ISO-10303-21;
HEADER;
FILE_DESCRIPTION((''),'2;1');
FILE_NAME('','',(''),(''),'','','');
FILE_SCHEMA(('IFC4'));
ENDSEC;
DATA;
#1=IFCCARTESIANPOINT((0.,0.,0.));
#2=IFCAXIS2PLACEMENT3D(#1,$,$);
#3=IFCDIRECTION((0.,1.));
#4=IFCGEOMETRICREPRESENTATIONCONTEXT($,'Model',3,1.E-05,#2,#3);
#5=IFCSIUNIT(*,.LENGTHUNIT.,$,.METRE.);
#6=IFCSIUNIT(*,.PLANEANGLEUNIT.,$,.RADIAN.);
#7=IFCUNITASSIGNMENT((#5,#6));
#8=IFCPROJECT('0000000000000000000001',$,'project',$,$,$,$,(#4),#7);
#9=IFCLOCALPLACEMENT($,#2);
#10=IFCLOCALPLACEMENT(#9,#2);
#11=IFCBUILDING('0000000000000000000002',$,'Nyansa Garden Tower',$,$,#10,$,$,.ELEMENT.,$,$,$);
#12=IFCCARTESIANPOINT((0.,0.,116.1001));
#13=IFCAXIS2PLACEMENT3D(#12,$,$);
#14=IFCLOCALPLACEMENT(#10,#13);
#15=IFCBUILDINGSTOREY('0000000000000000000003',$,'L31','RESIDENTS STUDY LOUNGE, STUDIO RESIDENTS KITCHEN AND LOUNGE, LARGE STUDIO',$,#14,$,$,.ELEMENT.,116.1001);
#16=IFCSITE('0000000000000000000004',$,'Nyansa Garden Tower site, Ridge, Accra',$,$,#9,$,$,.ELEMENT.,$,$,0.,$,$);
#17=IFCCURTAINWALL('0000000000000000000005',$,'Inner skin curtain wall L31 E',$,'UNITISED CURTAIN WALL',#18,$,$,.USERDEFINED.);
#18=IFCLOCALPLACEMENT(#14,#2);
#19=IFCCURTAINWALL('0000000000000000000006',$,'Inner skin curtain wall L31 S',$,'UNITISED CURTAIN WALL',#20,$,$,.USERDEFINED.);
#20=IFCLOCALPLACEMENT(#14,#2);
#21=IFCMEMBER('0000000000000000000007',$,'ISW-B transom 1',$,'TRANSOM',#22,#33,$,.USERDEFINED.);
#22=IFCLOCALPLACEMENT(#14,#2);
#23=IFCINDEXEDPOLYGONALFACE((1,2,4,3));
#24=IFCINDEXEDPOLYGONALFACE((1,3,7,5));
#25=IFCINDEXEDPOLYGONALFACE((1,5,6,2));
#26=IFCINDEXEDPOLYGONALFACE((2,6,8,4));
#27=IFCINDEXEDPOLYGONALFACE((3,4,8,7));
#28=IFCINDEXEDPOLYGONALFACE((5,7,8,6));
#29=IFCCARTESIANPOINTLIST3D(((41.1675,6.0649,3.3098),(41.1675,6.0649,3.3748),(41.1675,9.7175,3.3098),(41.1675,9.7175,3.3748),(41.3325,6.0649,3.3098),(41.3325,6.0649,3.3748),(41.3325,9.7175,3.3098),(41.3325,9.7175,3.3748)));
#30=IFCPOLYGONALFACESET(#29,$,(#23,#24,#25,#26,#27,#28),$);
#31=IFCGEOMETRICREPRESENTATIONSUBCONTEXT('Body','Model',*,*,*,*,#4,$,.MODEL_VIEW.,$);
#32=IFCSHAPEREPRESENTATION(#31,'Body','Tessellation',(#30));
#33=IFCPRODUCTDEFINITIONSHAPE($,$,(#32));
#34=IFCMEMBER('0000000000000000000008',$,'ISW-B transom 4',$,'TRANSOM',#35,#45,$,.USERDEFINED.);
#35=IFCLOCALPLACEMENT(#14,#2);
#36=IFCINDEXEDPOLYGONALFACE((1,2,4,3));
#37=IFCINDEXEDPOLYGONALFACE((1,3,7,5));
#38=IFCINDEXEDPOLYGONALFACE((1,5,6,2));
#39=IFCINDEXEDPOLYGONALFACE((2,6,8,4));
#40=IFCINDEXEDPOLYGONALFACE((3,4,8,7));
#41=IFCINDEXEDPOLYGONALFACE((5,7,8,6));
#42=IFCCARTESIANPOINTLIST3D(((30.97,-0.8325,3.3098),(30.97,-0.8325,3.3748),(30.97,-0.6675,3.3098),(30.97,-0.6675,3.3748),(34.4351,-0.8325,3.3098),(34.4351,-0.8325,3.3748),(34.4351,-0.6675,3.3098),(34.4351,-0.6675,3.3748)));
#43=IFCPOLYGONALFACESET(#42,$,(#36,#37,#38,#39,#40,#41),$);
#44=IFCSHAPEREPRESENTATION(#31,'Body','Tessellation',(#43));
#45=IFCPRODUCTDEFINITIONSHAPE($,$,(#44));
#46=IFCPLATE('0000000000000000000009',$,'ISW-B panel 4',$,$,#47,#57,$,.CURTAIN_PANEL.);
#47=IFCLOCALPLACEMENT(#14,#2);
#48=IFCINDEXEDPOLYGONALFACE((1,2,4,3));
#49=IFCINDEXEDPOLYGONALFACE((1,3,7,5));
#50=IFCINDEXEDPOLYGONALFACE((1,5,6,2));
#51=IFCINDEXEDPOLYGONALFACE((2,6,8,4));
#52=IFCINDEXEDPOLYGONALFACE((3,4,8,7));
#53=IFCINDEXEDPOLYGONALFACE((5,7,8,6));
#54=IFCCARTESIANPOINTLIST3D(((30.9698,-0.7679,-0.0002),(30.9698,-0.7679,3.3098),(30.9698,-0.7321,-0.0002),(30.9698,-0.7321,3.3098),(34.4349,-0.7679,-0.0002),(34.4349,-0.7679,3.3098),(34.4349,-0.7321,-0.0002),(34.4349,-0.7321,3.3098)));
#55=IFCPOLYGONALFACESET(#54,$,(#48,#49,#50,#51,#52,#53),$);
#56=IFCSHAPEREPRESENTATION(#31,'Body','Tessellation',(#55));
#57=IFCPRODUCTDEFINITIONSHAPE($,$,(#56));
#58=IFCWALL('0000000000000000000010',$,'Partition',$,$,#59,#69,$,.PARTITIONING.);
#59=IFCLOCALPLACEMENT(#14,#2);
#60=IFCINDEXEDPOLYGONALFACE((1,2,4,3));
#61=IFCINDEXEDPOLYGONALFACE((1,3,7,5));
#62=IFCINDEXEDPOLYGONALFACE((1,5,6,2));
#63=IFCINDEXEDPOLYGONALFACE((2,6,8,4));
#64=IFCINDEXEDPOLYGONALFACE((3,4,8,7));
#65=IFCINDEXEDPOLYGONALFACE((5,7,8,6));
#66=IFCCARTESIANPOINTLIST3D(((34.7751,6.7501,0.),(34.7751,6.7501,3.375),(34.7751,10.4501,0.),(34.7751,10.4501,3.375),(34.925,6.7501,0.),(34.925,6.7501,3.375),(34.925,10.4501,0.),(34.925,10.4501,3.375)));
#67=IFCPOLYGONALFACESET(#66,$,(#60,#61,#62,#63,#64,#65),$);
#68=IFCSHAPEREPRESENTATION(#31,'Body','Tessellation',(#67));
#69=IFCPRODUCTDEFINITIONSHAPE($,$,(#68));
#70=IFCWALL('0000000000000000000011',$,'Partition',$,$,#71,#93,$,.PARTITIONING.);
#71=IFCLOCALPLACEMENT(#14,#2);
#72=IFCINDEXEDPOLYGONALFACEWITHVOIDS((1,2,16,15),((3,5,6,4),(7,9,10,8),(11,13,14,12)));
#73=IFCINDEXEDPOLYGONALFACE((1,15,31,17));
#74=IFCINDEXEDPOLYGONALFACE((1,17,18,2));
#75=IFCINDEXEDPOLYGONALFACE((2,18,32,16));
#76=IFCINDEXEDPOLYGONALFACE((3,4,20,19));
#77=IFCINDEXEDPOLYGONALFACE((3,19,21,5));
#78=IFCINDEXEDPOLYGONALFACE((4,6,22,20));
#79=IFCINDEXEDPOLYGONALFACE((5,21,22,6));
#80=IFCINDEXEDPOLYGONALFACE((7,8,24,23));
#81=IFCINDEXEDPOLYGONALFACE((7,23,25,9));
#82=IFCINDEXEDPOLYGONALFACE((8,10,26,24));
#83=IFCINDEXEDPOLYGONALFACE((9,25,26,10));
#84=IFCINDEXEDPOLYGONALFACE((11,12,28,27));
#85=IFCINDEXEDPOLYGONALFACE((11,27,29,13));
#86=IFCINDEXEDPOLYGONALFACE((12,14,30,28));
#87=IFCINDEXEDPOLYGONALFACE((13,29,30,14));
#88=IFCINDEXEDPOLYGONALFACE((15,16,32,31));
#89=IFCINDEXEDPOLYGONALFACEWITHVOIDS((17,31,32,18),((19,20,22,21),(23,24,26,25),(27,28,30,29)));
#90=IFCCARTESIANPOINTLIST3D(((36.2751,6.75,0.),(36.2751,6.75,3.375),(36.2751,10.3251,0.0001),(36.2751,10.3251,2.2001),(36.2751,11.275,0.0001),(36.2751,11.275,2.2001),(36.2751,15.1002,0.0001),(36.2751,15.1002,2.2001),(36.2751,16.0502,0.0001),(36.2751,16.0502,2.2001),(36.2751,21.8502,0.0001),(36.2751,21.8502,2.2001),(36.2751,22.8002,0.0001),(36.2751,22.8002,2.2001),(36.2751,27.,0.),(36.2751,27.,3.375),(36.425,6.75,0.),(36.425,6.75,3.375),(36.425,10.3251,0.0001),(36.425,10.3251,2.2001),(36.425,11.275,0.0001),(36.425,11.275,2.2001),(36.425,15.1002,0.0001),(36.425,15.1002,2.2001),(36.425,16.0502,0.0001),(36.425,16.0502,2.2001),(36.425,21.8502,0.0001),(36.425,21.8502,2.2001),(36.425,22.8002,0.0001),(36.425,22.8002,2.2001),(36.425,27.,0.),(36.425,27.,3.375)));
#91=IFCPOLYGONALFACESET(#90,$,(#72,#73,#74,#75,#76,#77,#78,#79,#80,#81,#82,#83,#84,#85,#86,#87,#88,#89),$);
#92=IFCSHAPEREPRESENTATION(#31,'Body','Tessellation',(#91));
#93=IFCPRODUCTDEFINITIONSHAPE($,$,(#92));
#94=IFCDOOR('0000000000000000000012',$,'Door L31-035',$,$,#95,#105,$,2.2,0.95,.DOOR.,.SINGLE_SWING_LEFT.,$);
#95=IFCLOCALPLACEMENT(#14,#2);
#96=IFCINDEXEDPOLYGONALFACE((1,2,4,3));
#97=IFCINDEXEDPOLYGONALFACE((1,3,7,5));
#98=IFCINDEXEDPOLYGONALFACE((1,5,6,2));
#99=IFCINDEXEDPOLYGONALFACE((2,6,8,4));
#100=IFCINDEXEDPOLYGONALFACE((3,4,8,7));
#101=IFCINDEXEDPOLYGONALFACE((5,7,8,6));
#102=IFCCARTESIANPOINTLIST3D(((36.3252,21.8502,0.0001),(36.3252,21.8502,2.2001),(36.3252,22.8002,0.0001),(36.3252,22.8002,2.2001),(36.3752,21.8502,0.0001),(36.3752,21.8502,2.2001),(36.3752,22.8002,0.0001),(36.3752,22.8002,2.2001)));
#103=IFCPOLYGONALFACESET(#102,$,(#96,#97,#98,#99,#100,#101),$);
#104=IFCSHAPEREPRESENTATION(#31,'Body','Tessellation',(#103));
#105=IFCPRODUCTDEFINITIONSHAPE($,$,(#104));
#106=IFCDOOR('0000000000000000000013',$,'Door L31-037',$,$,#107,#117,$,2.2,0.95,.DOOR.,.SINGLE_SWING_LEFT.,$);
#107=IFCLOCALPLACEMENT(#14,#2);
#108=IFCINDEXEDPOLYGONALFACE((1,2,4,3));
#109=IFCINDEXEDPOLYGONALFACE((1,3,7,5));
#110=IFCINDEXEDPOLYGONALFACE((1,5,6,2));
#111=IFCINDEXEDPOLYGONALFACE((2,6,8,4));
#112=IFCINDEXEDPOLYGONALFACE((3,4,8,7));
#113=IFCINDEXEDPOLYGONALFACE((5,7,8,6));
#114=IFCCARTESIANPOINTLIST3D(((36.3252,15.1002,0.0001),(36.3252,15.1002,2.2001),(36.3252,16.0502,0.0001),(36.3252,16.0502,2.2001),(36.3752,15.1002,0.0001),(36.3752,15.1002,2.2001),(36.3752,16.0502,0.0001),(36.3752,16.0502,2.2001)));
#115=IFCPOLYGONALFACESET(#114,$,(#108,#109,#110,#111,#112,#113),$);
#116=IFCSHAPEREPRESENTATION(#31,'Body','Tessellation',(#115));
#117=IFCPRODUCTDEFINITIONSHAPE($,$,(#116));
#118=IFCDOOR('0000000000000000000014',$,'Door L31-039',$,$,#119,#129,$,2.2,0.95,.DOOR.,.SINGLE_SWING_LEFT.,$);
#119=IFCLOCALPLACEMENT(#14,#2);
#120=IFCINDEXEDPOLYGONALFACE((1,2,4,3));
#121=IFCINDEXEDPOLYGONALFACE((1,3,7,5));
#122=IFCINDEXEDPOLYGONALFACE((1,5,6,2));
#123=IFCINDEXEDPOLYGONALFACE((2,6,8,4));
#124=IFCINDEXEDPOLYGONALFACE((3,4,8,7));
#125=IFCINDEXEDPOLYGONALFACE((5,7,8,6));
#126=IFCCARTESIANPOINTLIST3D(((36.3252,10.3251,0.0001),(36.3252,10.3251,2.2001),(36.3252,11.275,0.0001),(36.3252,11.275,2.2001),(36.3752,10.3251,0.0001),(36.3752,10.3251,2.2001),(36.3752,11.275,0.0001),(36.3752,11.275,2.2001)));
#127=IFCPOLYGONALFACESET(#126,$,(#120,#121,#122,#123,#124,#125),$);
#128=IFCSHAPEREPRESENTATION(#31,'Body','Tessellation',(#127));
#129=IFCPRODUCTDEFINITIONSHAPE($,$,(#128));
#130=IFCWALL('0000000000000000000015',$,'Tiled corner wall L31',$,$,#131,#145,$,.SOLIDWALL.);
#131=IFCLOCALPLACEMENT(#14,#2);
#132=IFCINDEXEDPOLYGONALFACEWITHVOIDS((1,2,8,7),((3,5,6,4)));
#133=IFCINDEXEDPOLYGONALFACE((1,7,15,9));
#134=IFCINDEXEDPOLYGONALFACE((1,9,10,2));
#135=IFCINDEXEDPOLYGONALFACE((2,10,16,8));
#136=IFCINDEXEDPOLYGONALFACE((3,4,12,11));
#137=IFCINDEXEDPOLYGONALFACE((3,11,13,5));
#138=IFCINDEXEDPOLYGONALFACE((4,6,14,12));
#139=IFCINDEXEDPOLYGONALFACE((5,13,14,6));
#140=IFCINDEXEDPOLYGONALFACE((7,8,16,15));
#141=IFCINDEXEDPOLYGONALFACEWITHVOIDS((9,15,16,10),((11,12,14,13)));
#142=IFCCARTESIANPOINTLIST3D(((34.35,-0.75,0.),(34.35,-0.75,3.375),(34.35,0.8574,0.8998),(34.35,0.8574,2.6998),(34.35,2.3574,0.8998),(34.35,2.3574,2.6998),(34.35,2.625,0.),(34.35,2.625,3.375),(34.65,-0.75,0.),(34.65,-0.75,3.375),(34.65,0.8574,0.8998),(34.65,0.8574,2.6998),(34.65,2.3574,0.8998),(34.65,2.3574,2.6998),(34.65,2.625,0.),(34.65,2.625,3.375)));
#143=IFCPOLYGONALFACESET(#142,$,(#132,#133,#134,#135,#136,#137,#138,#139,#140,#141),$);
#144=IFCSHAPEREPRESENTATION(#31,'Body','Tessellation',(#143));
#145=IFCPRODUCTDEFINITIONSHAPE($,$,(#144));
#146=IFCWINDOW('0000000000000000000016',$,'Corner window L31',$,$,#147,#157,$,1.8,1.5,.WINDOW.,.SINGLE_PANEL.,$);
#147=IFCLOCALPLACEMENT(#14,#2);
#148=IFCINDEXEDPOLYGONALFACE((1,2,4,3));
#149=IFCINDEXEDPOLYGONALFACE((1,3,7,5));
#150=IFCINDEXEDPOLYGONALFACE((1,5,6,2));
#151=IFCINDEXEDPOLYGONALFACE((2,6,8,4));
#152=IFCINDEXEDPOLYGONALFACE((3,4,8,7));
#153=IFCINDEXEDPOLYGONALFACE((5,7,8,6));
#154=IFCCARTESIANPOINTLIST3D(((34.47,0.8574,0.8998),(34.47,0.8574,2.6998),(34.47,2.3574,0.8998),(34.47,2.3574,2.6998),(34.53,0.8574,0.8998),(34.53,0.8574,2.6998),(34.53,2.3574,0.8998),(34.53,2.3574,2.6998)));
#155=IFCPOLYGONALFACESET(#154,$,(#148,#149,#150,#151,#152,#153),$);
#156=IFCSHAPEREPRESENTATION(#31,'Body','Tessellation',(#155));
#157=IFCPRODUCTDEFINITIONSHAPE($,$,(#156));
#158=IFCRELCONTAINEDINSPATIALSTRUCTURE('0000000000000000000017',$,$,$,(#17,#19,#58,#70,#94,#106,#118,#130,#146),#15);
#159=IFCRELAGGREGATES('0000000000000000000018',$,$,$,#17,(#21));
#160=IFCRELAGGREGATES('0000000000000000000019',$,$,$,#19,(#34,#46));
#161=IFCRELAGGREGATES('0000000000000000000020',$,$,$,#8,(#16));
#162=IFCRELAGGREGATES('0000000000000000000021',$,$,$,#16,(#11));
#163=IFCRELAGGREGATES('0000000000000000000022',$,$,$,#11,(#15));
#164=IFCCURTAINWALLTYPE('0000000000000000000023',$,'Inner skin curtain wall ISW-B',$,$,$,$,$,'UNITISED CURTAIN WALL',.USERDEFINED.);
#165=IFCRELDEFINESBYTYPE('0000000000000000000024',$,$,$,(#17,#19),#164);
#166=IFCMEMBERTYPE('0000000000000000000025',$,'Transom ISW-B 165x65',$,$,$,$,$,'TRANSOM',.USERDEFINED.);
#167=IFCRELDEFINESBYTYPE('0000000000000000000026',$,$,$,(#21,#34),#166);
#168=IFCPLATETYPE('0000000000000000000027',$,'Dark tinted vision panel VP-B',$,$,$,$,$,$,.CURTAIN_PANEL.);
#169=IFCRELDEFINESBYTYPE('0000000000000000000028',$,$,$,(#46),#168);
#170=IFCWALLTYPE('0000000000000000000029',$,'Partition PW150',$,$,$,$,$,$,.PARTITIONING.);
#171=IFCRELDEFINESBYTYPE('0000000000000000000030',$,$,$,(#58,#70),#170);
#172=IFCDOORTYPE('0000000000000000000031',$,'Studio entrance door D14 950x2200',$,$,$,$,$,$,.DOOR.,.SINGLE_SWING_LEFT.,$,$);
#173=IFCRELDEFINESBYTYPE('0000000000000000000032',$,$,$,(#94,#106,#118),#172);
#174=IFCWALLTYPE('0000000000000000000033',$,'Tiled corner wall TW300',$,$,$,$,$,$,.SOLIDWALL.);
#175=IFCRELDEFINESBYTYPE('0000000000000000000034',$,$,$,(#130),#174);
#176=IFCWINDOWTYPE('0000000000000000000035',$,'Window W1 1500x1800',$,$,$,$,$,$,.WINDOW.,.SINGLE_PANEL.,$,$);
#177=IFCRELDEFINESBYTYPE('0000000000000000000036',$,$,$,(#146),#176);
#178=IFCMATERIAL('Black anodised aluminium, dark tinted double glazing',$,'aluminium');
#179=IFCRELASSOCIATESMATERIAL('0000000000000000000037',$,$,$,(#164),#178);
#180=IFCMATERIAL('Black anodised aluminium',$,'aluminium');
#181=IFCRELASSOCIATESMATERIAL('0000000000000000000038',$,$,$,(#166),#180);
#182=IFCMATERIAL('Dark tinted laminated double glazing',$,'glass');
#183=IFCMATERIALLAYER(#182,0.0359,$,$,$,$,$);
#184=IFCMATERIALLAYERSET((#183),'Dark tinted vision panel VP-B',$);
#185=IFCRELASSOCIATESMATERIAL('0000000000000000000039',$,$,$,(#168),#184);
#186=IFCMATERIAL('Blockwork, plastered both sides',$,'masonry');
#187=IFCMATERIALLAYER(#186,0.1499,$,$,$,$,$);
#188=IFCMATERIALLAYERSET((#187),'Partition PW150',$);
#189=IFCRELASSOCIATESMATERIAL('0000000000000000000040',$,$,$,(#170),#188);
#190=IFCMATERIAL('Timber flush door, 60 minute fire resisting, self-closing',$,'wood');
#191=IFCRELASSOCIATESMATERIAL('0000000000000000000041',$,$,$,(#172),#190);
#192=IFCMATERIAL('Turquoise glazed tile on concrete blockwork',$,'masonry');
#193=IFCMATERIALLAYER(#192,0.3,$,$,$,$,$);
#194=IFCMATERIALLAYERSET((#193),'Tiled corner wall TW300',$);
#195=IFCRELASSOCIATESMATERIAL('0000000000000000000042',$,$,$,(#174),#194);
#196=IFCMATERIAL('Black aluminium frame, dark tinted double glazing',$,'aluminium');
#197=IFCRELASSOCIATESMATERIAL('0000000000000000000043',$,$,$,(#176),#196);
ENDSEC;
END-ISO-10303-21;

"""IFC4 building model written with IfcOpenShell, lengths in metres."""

from ifc_helpers import new_model, si_unit, direction, frame, frame_2d, origin, origin_2d, place, context, subcontext, project, spatial, rectangle, extrude, material, layer, layer_set, material_profile, profile_set, type_object, element, fill, aggregate, save


model = new_model("IFC4")

# Units and contexts
model_context = context("Model", 3, precision=1e-05, world=origin(), true_north=direction((0.0, 1.0)))
body_context = subcontext(model_context, "Body", "Model", "MODEL_VIEW")
ifc_project = project(units=[si_unit("LENGTHUNIT", "METRE"), si_unit("PLANEANGLEUNIT", "RADIAN")], contexts=[model_context])

# Site, building, storey
site_placement = place(None, origin())
site = spatial("IfcSite", under=ifc_project, at=site_placement, Name="Nyansa Garden Tower site, Ridge, Accra", CompositionType="ELEMENT", RefElevation=0.0)
building_placement = place(site_placement, origin())
building = spatial("IfcBuilding", under=site, at=building_placement, Name="Nyansa Garden Tower", CompositionType="ELEMENT")
storey_placement = place(building_placement, frame((0.0, 0.0, 116.1001)))
storey = spatial("IfcBuildingStorey", under=building, at=storey_placement, Name="L31", Description="RESIDENTS STUDY LOUNGE, STUDIO RESIDENTS KITCHEN AND LOUNGE, LARGE STUDIO", CompositionType="ELEMENT", Elevation=116.1001)

# Curtain wall
ifc_material_1 = material(Name="Black anodised aluminium, dark tinted double glazing", Category="aluminium")
curtain_wall_type = type_object("IfcCurtainWallType", Name="Inner skin curtain wall ISW-B", ElementType="UNITISED CURTAIN WALL", PredefinedType="USERDEFINED", material=ifc_material_1)
curtain_wall_1_placement = place(storey_placement, origin())
curtain_wall_1 = element("IfcCurtainWall", 1, at=curtain_wall_1_placement, inside=storey, type_object=curtain_wall_type, Name="Inner skin curtain wall L31 E", ObjectType="UNITISED CURTAIN WALL", PredefinedType="USERDEFINED")

# Curtain wall
curtain_wall_2_placement = place(storey_placement, origin())
curtain_wall_2 = element("IfcCurtainWall", 2, at=curtain_wall_2_placement, inside=storey, type_object=curtain_wall_type, Name="Inner skin curtain wall L31 S", ObjectType="UNITISED CURTAIN WALL", PredefinedType="USERDEFINED")

# Members
ifc_material_2 = material(Name="Black anodised aluminium", Category="aluminium")
ifc_material_profile_1 = material_profile(ifc_material_2, rectangle(XDim=0.165, YDim=0.0649, at=origin_2d()), Name="Transom 165x65")
ifc_profile_set_1 = profile_set([ifc_material_profile_1], Name="Black anodised aluminium")
member_type_1 = type_object("IfcMemberType", Name="Transom ISW-B 165x65", ElementType="TRANSOM", PredefinedType="USERDEFINED", material=ifc_profile_set_1)
member_1_placement = place(storey_placement, frame((41.25, 6.0649, 3.3423), z_axis=(0.0, 1.0, 0.0), x_axis=(-1.0, 0.0, 0.0)))
member_1 = element("IfcMember", 3, at=member_1_placement, type_object=member_type_1, Name="ISW-B transom 1", ObjectType="TRANSOM", PredefinedType="USERDEFINED", context=body_context, shape_type="SweptSolid", body=[
    extrude(rectangle(XDim=0.165, YDim=0.0649, at=origin_2d()), origin(), (0.0, 0.0, 1.0), 3.6526),
])
aggregate(curtain_wall_1, [member_1])
member_2_placement = place(storey_placement, frame((30.97, -0.75, 3.3423), z_axis=(1.0, 0.0, 0.0), x_axis=(0.0, 1.0, 0.0)))
member_2 = element("IfcMember", 4, at=member_2_placement, type_object=member_type_1, Name="ISW-B transom 4", ObjectType="TRANSOM", PredefinedType="USERDEFINED", context=body_context, shape_type="SweptSolid", body=[
    extrude(rectangle(XDim=0.165, YDim=0.0649, at=origin_2d()), origin(), (0.0, 0.0, 1.0), 3.4651),
])

# Plate
ifc_material_3 = material(Name="Dark tinted laminated double glazing", Category="glass")
ifc_layer_1 = layer(ifc_material_3, 0.0359)
ifc_layer_set_1 = layer_set([ifc_layer_1], Name="Dark tinted vision panel VP-B")
plate_type = type_object("IfcPlateType", Name="Dark tinted vision panel VP-B", PredefinedType="CURTAIN_PANEL", material=ifc_layer_set_1)
plate_placement = place(storey_placement, frame((32.7024, -0.75, -0.0002), z_axis=(0.0, 0.0, 1.0), x_axis=(1.0, 0.0, 0.0)))
plate = element("IfcPlate", 5, at=plate_placement, type_object=plate_type, Name="ISW-B panel 4", PredefinedType="CURTAIN_PANEL", context=body_context, shape_type="SweptSolid", body=[
    extrude(rectangle(XDim=3.4651, YDim=0.0359, at=origin_2d()), origin(), (0.0, 0.0, 1.0), 3.3101),
])
aggregate(curtain_wall_2, [member_2, plate])

# Wall
ifc_material_4 = material(Name="Blockwork, plastered both sides", Category="masonry")
ifc_layer_2 = layer(ifc_material_4, 0.1499)
ifc_layer_set_2 = layer_set([ifc_layer_2], Name="Partition PW150")
wall_type_1 = type_object("IfcWallType", Name="Partition PW150", PredefinedType="PARTITIONING", material=ifc_layer_set_2)
wall_1_placement = place(storey_placement, frame((34.8501, 6.75, 0.0), z_axis=(0.0, 0.0, 1.0), x_axis=(0.0, 1.0, 0.0)))
element("IfcWall", 6, at=wall_1_placement, inside=storey, type_object=wall_type_1, Name="Partition", PredefinedType="PARTITIONING", context=body_context, shape_type="SweptSolid", body=[
    extrude(rectangle(XDim=3.7, YDim=0.1499, at=frame_2d((1.8501, 0.0))), origin(), (0.0, 0.0, 1.0), 3.375),
])

# Wall, openings, doors
wall_2_placement = place(storey_placement, frame((36.3501, 6.75, 0.0), z_axis=(0.0, 0.0, 1.0), x_axis=(0.0, 1.0, 0.0)))
wall_2 = element("IfcWall", 7, at=wall_2_placement, inside=storey, type_object=wall_type_1, Name="Partition", PredefinedType="PARTITIONING", context=body_context, shape_type="SweptSolid", body=[
    extrude(rectangle(XDim=20.25, YDim=0.1499, at=frame_2d((10.125, 0.0))), origin(), (0.0, 0.0, 1.0), 3.375),
])
opening_1_placement = place(wall_2_placement, frame((15.1001, 0.0, 0.0)))
opening_1 = element("IfcOpeningElement", 8, at=opening_1_placement, cuts=wall_2, PredefinedType="OPENING", context=body_context, shape_type="SweptSolid", body=[
    extrude(rectangle(XDim=0.95, YDim=2.2, at=frame_2d((0.4751, 1.1001))), frame((0.0, 0.085, 0.0), z_axis=(0.0, -1.0, 0.0), x_axis=(1.0, 0.0, 0.0)), (0.0, 0.0, 1.0), 0.1699),
])
opening_2_placement = place(wall_2_placement, frame((8.3501, 0.0, 0.0)))
opening_2 = element("IfcOpeningElement", 9, at=opening_2_placement, cuts=wall_2, PredefinedType="OPENING", context=body_context, shape_type="SweptSolid", body=[
    extrude(rectangle(XDim=0.95, YDim=2.2, at=frame_2d((0.4751, 1.1001))), frame((0.0, 0.085, 0.0), z_axis=(0.0, -1.0, 0.0), x_axis=(1.0, 0.0, 0.0)), (0.0, 0.0, 1.0), 0.1699),
])
opening_3_placement = place(wall_2_placement, frame((3.575, 0.0, 0.0)))
opening_3 = element("IfcOpeningElement", 10, at=opening_3_placement, cuts=wall_2, PredefinedType="OPENING", context=body_context, shape_type="SweptSolid", body=[
    extrude(rectangle(XDim=0.95, YDim=2.2, at=frame_2d((0.4751, 1.1001))), frame((0.0, 0.085, 0.0), z_axis=(0.0, -1.0, 0.0), x_axis=(1.0, 0.0, 0.0)), (0.0, 0.0, 1.0), 0.1699),
])
ifc_material_5 = material(Name="Timber flush door, 60 minute fire resisting, self-closing", Category="wood")
door_type = type_object("IfcDoorType", Name="Studio entrance door D14 950x2200", OperationType="SINGLE_SWING_LEFT", PredefinedType="DOOR", material=ifc_material_5)
door_1_placement = place(opening_1_placement, origin())
door_1 = element("IfcDoor", 11, at=door_1_placement, inside=storey, type_object=door_type, Name="Door L31-035", OperationType="SINGLE_SWING_LEFT", OverallHeight=2.2, OverallWidth=0.95, PredefinedType="DOOR", context=body_context, shape_type="SweptSolid", body=[
    extrude(rectangle(XDim=0.95, YDim=2.2, at=frame_2d((0.4751, 1.1001))), frame((0.0, 0.0249, 0.0), z_axis=(0.0, -1.0, 0.0), x_axis=(1.0, 0.0, 0.0)), (0.0, 0.0, 1.0), 0.05),
])
fill(opening_1, door_1)
door_2_placement = place(opening_2_placement, origin())
door_2 = element("IfcDoor", 12, at=door_2_placement, inside=storey, type_object=door_type, Name="Door L31-037", OperationType="SINGLE_SWING_LEFT", OverallHeight=2.2, OverallWidth=0.95, PredefinedType="DOOR", context=body_context, shape_type="SweptSolid", body=[
    extrude(rectangle(XDim=0.95, YDim=2.2, at=frame_2d((0.4751, 1.1001))), frame((0.0, 0.0249, 0.0), z_axis=(0.0, -1.0, 0.0), x_axis=(1.0, 0.0, 0.0)), (0.0, 0.0, 1.0), 0.05),
])
fill(opening_2, door_2)
door_3_placement = place(opening_3_placement, origin())
door_3 = element("IfcDoor", 13, at=door_3_placement, inside=storey, type_object=door_type, Name="Door L31-039", OperationType="SINGLE_SWING_LEFT", OverallHeight=2.2, OverallWidth=0.95, PredefinedType="DOOR", context=body_context, shape_type="SweptSolid", body=[
    extrude(rectangle(XDim=0.95, YDim=2.2, at=frame_2d((0.4751, 1.1001))), frame((0.0, 0.0249, 0.0), z_axis=(0.0, -1.0, 0.0), x_axis=(1.0, 0.0, 0.0)), (0.0, 0.0, 1.0), 0.05),
])
fill(opening_3, door_3)

# Wall, opening, window
ifc_material_6 = material(Name="Turquoise glazed tile on concrete blockwork", Category="masonry")
ifc_layer_3 = layer(ifc_material_6, 0.3)
ifc_layer_set_3 = layer_set([ifc_layer_3], Name="Tiled corner wall TW300")
wall_type_2 = type_object("IfcWallType", Name="Tiled corner wall TW300", PredefinedType="SOLIDWALL", material=ifc_layer_set_3)
wall_3_placement = place(storey_placement, frame((34.5, -0.75, 0.0), z_axis=(0.0, 0.0, 1.0), x_axis=(0.0, 1.0, 0.0)))
wall_3 = element("IfcWall", 14, at=wall_3_placement, inside=storey, type_object=wall_type_2, Name="Tiled corner wall L31", PredefinedType="SOLIDWALL", context=body_context, shape_type="SweptSolid", body=[
    extrude(rectangle(XDim=3.375, YDim=0.3, at=frame_2d((1.6875, 0.0))), origin(), (0.0, 0.0, 1.0), 3.375),
])
opening_4_placement = place(wall_3_placement, frame((1.6074, 0.0, 0.8999)))
opening_4 = element("IfcOpeningElement", 15, at=opening_4_placement, cuts=wall_3, PredefinedType="OPENING", context=body_context, shape_type="SweptSolid", body=[
    extrude(rectangle(XDim=1.5, YDim=1.8, at=frame_2d((0.75, 0.8999))), frame((0.0, 0.1599, 0.0), z_axis=(0.0, -1.0, 0.0), x_axis=(1.0, 0.0, 0.0)), (0.0, 0.0, 1.0), 0.3201),
])
ifc_material_7 = material(Name="Black aluminium frame, dark tinted double glazing", Category="aluminium")
window_type_1 = type_object("IfcWindowType", Name="Window W1 1500x1800", PartitioningType="SINGLE_PANEL", PredefinedType="WINDOW", material=ifc_material_7)
window_1_placement = place(opening_4_placement, origin())
window_1 = element("IfcWindow", 16, at=window_1_placement, inside=storey, type_object=window_type_1, Name="Corner window L31", OverallHeight=1.8, OverallWidth=1.5, PartitioningType="SINGLE_PANEL", PredefinedType="WINDOW", context=body_context, shape_type="SweptSolid", body=[
    extrude(rectangle(XDim=1.5, YDim=1.8, at=frame_2d((0.75, 0.8999))), frame((0.0, 0.03, 0.0), z_axis=(0.0, -1.0, 0.0), x_axis=(1.0, 0.0, 0.0)), (0.0, 0.0, 1.0), 0.0601),
])
fill(opening_4, window_1)

save(model, "model.ifc")
